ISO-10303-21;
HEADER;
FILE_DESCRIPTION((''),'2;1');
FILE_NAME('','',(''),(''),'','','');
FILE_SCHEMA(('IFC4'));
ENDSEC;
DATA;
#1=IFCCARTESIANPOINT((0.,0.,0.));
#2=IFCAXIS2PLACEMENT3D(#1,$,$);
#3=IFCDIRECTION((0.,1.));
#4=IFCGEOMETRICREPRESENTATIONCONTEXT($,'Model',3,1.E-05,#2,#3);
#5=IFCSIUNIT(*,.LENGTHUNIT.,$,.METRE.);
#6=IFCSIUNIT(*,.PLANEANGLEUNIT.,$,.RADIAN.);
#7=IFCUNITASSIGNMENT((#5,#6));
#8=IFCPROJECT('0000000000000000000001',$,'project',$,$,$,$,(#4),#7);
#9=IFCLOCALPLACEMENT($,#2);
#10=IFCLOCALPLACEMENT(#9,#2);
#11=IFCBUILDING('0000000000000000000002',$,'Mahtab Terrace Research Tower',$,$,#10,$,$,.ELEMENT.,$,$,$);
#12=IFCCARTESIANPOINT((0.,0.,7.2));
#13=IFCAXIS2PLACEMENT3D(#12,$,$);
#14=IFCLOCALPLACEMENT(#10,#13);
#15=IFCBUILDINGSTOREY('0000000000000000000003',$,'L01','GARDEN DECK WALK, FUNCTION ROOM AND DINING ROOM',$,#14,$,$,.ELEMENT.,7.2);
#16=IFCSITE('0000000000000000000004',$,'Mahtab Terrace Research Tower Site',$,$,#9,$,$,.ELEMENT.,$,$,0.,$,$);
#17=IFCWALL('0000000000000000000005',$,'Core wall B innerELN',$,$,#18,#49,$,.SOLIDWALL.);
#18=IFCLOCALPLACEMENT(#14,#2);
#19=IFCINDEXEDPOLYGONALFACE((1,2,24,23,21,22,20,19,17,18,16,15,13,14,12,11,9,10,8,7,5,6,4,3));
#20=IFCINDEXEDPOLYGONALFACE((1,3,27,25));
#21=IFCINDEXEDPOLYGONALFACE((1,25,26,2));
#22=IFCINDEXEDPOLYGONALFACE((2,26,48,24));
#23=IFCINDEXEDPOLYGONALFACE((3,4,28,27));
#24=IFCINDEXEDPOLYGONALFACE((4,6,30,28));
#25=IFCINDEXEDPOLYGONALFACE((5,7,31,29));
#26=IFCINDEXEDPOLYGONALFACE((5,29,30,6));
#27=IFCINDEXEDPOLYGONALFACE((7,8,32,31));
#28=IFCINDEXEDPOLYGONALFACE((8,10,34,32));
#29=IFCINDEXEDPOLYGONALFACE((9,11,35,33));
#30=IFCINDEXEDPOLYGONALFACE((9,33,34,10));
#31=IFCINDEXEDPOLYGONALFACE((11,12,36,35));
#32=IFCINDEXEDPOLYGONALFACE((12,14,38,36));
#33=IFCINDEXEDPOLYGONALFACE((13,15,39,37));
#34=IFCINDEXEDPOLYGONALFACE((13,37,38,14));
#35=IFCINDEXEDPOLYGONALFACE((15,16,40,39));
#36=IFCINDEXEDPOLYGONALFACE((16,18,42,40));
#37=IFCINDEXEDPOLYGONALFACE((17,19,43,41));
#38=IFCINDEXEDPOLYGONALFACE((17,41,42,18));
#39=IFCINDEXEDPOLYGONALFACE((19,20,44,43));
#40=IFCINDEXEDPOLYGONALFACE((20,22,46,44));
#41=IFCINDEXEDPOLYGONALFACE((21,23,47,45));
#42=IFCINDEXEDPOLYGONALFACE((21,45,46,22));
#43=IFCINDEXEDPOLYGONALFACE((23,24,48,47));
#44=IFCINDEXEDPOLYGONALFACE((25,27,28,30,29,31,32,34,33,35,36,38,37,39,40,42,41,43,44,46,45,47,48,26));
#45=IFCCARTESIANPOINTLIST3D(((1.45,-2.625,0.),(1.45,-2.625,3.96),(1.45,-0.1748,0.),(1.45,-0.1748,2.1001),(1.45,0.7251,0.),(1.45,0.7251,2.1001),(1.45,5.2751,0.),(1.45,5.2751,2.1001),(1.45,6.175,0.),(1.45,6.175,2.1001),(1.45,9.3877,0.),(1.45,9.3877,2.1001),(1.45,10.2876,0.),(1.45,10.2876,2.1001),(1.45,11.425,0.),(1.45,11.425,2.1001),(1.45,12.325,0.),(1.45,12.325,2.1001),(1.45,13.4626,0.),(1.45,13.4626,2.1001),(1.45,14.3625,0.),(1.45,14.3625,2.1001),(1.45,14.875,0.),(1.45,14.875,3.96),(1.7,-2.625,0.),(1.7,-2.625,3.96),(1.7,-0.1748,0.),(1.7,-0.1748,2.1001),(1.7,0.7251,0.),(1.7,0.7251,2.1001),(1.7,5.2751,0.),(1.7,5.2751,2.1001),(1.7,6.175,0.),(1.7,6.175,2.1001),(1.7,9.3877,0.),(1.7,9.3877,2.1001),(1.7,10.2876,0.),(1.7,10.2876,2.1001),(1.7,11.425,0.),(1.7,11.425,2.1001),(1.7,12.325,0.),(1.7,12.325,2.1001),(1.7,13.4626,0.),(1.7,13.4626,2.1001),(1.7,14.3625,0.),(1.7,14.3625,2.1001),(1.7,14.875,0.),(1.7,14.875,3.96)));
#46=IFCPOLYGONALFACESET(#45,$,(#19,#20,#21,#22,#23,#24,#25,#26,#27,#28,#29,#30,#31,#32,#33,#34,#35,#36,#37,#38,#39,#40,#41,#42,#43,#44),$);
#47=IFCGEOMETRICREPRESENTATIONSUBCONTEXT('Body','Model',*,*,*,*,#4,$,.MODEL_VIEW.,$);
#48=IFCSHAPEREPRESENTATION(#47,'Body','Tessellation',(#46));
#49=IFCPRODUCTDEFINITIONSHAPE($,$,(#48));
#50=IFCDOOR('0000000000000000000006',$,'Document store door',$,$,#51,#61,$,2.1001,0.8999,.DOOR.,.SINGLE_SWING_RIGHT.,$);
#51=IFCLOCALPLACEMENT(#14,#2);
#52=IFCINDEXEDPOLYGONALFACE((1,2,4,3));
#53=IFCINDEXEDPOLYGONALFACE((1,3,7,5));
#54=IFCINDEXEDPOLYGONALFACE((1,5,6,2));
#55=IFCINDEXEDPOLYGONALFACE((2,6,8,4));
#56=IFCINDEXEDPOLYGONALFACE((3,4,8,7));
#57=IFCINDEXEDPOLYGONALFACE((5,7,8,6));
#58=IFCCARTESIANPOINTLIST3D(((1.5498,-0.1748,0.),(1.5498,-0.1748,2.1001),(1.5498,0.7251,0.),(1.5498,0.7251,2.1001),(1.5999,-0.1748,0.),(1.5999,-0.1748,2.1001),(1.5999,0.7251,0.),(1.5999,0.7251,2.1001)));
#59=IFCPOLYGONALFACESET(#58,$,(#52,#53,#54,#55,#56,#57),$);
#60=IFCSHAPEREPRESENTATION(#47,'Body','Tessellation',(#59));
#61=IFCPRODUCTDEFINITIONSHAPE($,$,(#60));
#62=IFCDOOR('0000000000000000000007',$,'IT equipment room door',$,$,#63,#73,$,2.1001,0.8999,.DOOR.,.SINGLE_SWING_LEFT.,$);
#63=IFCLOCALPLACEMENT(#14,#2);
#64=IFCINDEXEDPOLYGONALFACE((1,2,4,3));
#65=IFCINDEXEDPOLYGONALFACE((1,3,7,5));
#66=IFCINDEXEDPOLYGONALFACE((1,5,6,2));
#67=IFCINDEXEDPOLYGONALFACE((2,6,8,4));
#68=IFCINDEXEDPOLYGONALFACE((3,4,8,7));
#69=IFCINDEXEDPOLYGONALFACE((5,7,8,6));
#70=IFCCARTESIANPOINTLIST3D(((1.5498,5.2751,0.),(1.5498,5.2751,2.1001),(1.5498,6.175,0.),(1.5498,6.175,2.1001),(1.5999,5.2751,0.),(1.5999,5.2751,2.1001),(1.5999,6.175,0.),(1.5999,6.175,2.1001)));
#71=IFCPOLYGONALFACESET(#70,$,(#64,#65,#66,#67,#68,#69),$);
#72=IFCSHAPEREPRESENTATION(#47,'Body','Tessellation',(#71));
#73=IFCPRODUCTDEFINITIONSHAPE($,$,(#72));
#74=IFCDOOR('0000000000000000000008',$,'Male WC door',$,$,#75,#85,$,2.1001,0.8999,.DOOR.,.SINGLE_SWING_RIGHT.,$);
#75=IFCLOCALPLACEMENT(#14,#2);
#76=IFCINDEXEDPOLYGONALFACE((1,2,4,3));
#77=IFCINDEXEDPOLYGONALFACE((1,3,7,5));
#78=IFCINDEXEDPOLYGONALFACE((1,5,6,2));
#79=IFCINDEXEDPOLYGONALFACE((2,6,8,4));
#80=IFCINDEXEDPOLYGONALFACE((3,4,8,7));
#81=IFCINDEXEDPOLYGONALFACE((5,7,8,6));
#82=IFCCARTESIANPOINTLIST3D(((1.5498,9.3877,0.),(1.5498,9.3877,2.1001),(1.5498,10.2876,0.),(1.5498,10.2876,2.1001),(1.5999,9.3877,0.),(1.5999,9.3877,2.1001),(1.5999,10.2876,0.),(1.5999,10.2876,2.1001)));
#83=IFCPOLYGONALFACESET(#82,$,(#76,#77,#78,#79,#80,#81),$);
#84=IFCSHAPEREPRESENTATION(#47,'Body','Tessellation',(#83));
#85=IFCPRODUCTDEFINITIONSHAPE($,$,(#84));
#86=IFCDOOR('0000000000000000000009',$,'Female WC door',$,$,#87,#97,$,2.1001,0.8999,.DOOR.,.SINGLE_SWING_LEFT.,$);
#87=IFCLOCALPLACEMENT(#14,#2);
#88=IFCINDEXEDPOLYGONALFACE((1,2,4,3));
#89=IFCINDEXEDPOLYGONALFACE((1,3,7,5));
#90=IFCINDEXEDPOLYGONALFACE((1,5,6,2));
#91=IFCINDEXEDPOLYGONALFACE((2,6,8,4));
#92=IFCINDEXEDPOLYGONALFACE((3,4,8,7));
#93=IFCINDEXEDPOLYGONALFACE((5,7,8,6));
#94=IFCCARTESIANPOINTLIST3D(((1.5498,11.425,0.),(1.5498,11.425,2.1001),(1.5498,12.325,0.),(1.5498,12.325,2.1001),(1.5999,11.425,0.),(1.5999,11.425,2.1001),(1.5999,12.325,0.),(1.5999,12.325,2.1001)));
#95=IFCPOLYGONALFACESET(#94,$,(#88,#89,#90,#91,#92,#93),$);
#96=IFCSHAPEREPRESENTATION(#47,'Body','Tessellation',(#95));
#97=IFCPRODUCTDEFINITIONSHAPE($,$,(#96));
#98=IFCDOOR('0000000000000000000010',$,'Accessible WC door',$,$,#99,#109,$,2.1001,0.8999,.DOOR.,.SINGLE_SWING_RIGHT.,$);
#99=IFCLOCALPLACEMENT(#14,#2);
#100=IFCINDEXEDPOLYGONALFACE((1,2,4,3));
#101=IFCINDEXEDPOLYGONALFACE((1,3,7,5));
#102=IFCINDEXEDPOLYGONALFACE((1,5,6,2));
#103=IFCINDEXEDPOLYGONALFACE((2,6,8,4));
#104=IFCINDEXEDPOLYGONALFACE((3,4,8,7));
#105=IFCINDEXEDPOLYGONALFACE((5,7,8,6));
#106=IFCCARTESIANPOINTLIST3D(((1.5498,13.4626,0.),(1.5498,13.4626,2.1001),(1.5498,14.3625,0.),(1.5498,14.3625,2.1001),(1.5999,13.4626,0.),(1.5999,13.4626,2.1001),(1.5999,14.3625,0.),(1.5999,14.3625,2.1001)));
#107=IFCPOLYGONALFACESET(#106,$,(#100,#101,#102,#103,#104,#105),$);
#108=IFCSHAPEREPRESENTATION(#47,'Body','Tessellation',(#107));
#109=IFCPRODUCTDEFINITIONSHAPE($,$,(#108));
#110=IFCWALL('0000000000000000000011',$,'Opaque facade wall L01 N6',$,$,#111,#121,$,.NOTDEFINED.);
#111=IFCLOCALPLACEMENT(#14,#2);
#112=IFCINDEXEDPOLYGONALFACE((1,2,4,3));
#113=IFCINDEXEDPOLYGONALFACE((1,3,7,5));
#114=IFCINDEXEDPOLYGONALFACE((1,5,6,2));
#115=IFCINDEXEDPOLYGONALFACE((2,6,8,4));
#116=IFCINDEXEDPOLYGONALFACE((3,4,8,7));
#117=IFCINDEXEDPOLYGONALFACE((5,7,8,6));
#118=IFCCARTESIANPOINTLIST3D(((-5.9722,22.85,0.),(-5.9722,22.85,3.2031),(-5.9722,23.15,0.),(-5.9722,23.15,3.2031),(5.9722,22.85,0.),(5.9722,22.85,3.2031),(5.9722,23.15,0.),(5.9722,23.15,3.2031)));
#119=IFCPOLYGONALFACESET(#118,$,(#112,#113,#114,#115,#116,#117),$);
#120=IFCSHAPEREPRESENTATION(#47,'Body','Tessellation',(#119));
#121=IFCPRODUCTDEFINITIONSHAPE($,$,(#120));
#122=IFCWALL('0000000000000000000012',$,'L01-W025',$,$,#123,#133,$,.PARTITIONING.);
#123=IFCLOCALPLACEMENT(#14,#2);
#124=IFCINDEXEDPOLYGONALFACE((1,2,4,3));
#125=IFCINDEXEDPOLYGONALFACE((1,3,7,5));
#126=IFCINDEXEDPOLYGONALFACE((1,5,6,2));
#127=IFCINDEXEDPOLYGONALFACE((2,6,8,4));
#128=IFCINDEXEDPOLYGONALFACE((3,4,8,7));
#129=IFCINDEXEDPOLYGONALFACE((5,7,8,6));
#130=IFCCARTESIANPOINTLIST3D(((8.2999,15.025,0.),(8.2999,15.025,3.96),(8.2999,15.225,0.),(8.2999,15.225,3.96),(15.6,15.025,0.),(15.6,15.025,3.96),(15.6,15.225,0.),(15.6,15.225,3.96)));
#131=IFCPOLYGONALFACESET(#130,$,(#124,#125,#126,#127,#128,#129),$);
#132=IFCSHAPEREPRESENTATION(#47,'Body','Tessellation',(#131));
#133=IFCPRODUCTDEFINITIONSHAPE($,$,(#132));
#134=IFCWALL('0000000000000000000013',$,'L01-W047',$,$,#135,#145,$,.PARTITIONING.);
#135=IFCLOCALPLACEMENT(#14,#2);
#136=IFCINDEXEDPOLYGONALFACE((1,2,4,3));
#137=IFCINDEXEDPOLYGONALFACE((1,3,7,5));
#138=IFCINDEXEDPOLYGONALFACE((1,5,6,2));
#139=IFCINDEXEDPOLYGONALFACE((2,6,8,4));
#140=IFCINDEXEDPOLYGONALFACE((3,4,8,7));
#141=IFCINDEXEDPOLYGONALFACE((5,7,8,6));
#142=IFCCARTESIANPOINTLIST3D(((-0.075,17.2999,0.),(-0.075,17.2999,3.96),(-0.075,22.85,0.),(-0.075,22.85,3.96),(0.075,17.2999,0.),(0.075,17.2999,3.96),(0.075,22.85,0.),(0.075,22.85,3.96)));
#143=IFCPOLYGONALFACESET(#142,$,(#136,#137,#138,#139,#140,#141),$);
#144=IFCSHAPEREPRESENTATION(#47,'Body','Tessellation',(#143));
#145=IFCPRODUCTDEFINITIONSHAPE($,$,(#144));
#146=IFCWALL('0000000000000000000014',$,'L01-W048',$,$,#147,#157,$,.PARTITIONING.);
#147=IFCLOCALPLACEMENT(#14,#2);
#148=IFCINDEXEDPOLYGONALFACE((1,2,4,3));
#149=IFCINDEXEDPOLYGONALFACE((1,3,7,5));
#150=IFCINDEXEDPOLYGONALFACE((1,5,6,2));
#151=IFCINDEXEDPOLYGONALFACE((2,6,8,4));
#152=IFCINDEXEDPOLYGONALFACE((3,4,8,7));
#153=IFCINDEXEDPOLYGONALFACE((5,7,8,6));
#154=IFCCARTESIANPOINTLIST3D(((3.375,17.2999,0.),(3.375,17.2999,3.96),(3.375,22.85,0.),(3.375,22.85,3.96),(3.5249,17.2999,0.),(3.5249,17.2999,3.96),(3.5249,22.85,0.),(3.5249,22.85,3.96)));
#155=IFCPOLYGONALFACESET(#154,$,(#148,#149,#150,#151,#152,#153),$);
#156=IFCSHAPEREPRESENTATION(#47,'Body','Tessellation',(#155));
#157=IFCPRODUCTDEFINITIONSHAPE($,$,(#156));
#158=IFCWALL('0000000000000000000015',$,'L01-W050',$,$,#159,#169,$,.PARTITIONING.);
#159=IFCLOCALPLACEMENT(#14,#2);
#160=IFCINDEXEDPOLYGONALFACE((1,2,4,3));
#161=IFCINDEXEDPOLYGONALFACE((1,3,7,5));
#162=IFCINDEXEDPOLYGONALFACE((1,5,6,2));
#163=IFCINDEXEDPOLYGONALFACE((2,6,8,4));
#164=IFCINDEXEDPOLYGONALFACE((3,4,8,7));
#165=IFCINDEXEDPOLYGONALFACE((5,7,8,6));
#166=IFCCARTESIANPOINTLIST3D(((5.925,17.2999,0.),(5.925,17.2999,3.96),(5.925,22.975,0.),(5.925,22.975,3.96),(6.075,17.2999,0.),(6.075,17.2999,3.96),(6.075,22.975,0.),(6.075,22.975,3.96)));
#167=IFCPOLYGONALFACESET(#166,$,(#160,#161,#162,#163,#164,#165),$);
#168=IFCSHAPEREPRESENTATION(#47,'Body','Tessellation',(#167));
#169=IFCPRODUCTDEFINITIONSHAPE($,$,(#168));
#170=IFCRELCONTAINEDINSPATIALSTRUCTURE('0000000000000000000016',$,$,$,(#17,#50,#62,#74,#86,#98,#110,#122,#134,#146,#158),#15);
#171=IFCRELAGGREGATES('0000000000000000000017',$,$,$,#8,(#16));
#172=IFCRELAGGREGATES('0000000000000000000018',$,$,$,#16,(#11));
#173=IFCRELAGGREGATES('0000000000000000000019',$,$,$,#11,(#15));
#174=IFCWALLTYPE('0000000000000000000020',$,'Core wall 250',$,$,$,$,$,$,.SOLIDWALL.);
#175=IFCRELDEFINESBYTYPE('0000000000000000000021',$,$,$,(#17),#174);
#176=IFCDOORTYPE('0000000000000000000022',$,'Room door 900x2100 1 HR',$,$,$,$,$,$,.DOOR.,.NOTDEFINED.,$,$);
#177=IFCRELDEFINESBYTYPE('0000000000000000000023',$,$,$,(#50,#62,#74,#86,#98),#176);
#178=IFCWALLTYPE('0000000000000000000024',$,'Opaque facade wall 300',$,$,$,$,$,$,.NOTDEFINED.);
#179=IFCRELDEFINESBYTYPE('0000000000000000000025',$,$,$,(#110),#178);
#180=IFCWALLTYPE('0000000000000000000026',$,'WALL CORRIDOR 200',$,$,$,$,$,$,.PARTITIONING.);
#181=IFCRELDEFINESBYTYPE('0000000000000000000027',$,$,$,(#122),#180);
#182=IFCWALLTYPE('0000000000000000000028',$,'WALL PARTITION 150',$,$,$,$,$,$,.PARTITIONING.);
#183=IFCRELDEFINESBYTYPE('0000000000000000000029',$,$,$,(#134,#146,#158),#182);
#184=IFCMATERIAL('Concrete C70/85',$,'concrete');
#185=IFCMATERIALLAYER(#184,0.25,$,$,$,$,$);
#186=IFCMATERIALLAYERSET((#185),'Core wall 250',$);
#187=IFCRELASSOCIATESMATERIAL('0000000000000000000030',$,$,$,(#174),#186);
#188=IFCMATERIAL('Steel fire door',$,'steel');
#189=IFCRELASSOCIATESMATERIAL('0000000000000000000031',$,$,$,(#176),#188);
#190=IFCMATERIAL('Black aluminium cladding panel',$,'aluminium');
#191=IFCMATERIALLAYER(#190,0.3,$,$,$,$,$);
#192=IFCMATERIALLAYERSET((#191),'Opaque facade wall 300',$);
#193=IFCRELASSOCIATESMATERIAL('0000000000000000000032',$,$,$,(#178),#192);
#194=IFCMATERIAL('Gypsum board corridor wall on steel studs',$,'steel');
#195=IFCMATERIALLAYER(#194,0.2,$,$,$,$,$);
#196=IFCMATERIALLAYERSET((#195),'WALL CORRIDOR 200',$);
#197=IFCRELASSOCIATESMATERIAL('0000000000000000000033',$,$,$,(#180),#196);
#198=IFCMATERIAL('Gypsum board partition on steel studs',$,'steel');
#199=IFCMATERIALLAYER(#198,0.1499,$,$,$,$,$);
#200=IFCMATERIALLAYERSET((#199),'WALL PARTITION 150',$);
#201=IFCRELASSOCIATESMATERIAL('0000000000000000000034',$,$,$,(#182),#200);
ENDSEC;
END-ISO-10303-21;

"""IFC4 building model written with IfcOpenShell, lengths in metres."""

from ifc_helpers import new_model, si_unit, direction, frame, frame_2d, origin, place, context, subcontext, project, spatial, rectangle, extrude, material, layer, layer_set, type_object, element, fill, save


model = new_model("IFC4")

# Units and contexts
model_context = context("Model", 3, precision=1e-05, world=origin(), true_north=direction((0.0, 1.0)))
body_context = subcontext(model_context, "Body", "Model", "MODEL_VIEW")
ifc_project = project(units=[si_unit("LENGTHUNIT", "METRE"), si_unit("PLANEANGLEUNIT", "RADIAN")], contexts=[model_context])

# Site, building, storey
site_placement = place(None, origin())
site = spatial("IfcSite", under=ifc_project, at=site_placement, Name="Mahtab Terrace Research Tower Site", CompositionType="ELEMENT", RefElevation=0.0)
building_placement = place(site_placement, origin())
building = spatial("IfcBuilding", under=site, at=building_placement, Name="Mahtab Terrace Research Tower", CompositionType="ELEMENT")
storey_placement = place(building_placement, frame((0.0, 0.0, 7.2)))
storey = spatial("IfcBuildingStorey", under=building, at=storey_placement, Name="L01", Description="GARDEN DECK WALK, FUNCTION ROOM AND DINING ROOM", CompositionType="ELEMENT", Elevation=7.2)

# Shared definitions
ifc_material_1 = material(Name="Concrete C70/85", Category="concrete")

# Wall, openings, doors
ifc_layer_1 = layer(ifc_material_1, 0.25)
ifc_layer_set_1 = layer_set([ifc_layer_1], Name="Core wall 250")
wall_type_1 = type_object("IfcWallType", Name="Core wall 250", PredefinedType="SOLIDWALL", material=ifc_layer_set_1)
wall_1_placement = place(storey_placement, frame((1.575, 14.875, 0.0), z_axis=(0.0, 0.0, 1.0), x_axis=(0.0, -1.0, 0.0)))
wall_1 = element("IfcWall", 1, at=wall_1_placement, inside=storey, type_object=wall_type_1, Name="Core wall B innerELN", PredefinedType="SOLIDWALL", context=body_context, shape_type="SweptSolid", body=[
    extrude(rectangle(XDim=17.5, YDim=0.25, at=frame_2d((8.75, 0.0))), origin(), (0.0, 0.0, 1.0), 3.96),
])
opening_1_placement = place(wall_1_placement, frame((14.1499, 0.0, 0.0)))
opening_1 = element("IfcOpeningElement", 2, at=opening_1_placement, cuts=wall_1, PredefinedType="OPENING", context=body_context, shape_type="SweptSolid", body=[
    extrude(rectangle(XDim=0.8999, YDim=2.1001, at=frame_2d((0.45, 1.05))), frame((0.0, 0.135, 0.0), z_axis=(0.0, -1.0, 0.0), x_axis=(1.0, 0.0, 0.0)), (0.0, 0.0, 1.0), 0.27),
])
opening_2_placement = place(wall_1_placement, frame((8.7, 0.0, 0.0)))
opening_2 = element("IfcOpeningElement", 3, at=opening_2_placement, cuts=wall_1, PredefinedType="OPENING", context=body_context, shape_type="SweptSolid", body=[
    extrude(rectangle(XDim=0.8999, YDim=2.1001, at=frame_2d((0.45, 1.05))), frame((0.0, 0.135, 0.0), z_axis=(0.0, -1.0, 0.0), x_axis=(1.0, 0.0, 0.0)), (0.0, 0.0, 1.0), 0.27),
])
opening_3_placement = place(wall_1_placement, frame((4.5874, 0.0, 0.0)))
opening_3 = element("IfcOpeningElement", 4, at=opening_3_placement, cuts=wall_1, PredefinedType="OPENING", context=body_context, shape_type="SweptSolid", body=[
    extrude(rectangle(XDim=0.8999, YDim=2.1001, at=frame_2d((0.45, 1.05))), frame((0.0, 0.135, 0.0), z_axis=(0.0, -1.0, 0.0), x_axis=(1.0, 0.0, 0.0)), (0.0, 0.0, 1.0), 0.27),
])
opening_4_placement = place(wall_1_placement, frame((2.55, 0.0, 0.0)))
opening_4 = element("IfcOpeningElement", 5, at=opening_4_placement, cuts=wall_1, PredefinedType="OPENING", context=body_context, shape_type="SweptSolid", body=[
    extrude(rectangle(XDim=0.8999, YDim=2.1001, at=frame_2d((0.45, 1.05))), frame((0.0, 0.135, 0.0), z_axis=(0.0, -1.0, 0.0), x_axis=(1.0, 0.0, 0.0)), (0.0, 0.0, 1.0), 0.27),
])
opening_5_placement = place(wall_1_placement, frame((0.5125, 0.0, 0.0)))
opening_5 = element("IfcOpeningElement", 6, at=opening_5_placement, cuts=wall_1, PredefinedType="OPENING", context=body_context, shape_type="SweptSolid", body=[
    extrude(rectangle(XDim=0.8999, YDim=2.1001, at=frame_2d((0.45, 1.05))), frame((0.0, 0.135, 0.0), z_axis=(0.0, -1.0, 0.0), x_axis=(1.0, 0.0, 0.0)), (0.0, 0.0, 1.0), 0.27),
])
ifc_material_2 = material(Name="Steel fire door", Category="steel")
door_type = type_object("IfcDoorType", Name="Room door 900x2100 1 HR", OperationType="NOTDEFINED", PredefinedType="DOOR", material=ifc_material_2)
door_1_placement = place(opening_1_placement, origin())
door_1 = element("IfcDoor", 7, at=door_1_placement, inside=storey, type_object=door_type, Name="Document store door", OperationType="SINGLE_SWING_RIGHT", OverallHeight=2.1001, OverallWidth=0.8999, PredefinedType="DOOR", context=body_context, shape_type="SweptSolid", body=[
    extrude(rectangle(XDim=0.8999, YDim=2.1001, at=frame_2d((0.45, 1.05))), frame((0.0, 0.0249, 0.0), z_axis=(0.0, -1.0, 0.0), x_axis=(1.0, 0.0, 0.0)), (0.0, 0.0, 1.0), 0.05),
])
fill(opening_1, door_1)
door_2_placement = place(opening_2_placement, origin())
door_2 = element("IfcDoor", 8, at=door_2_placement, inside=storey, type_object=door_type, Name="IT equipment room door", OperationType="SINGLE_SWING_LEFT", OverallHeight=2.1001, OverallWidth=0.8999, PredefinedType="DOOR", context=body_context, shape_type="SweptSolid", body=[
    extrude(rectangle(XDim=0.8999, YDim=2.1001, at=frame_2d((0.45, 1.05))), frame((0.0, 0.0249, 0.0), z_axis=(0.0, -1.0, 0.0), x_axis=(1.0, 0.0, 0.0)), (0.0, 0.0, 1.0), 0.05),
])
fill(opening_2, door_2)
door_3_placement = place(opening_3_placement, origin())
door_3 = element("IfcDoor", 9, at=door_3_placement, inside=storey, type_object=door_type, Name="Male WC door", OperationType="SINGLE_SWING_RIGHT", OverallHeight=2.1001, OverallWidth=0.8999, PredefinedType="DOOR", context=body_context, shape_type="SweptSolid", body=[
    extrude(rectangle(XDim=0.8999, YDim=2.1001, at=frame_2d((0.45, 1.05))), frame((0.0, 0.0249, 0.0), z_axis=(0.0, -1.0, 0.0), x_axis=(1.0, 0.0, 0.0)), (0.0, 0.0, 1.0), 0.05),
])
fill(opening_3, door_3)
door_4_placement = place(opening_4_placement, origin())
door_4 = element("IfcDoor", 10, at=door_4_placement, inside=storey, type_object=door_type, Name="Female WC door", OperationType="SINGLE_SWING_LEFT", OverallHeight=2.1001, OverallWidth=0.8999, PredefinedType="DOOR", context=body_context, shape_type="SweptSolid", body=[
    extrude(rectangle(XDim=0.8999, YDim=2.1001, at=frame_2d((0.45, 1.05))), frame((0.0, 0.0249, 0.0), z_axis=(0.0, -1.0, 0.0), x_axis=(1.0, 0.0, 0.0)), (0.0, 0.0, 1.0), 0.05),
])
fill(opening_4, door_4)
door_5_placement = place(opening_5_placement, origin())
door_5 = element("IfcDoor", 11, at=door_5_placement, inside=storey, type_object=door_type, Name="Accessible WC door", OperationType="SINGLE_SWING_RIGHT", OverallHeight=2.1001, OverallWidth=0.8999, PredefinedType="DOOR", context=body_context, shape_type="SweptSolid", body=[
    extrude(rectangle(XDim=0.8999, YDim=2.1001, at=frame_2d((0.45, 1.05))), frame((0.0, 0.0249, 0.0), z_axis=(0.0, -1.0, 0.0), x_axis=(1.0, 0.0, 0.0)), (0.0, 0.0, 1.0), 0.05),
])
fill(opening_5, door_5)

# Walls
ifc_material_3 = material(Name="Black aluminium cladding panel", Category="aluminium")
ifc_layer_2 = layer(ifc_material_3, 0.3)
ifc_layer_set_2 = layer_set([ifc_layer_2], Name="Opaque facade wall 300")
wall_type_2 = type_object("IfcWallType", Name="Opaque facade wall 300", PredefinedType="NOTDEFINED", material=ifc_layer_set_2)
wall_2_placement = place(storey_placement, frame((5.9722, 23.0, 0.0), z_axis=(0.0, 0.0, 1.0), x_axis=(-1.0, 0.0, 0.0)))
element("IfcWall", 12, at=wall_2_placement, inside=storey, type_object=wall_type_2, Name="Opaque facade wall L01 N6", PredefinedType="NOTDEFINED", context=body_context, shape_type="SweptSolid", body=[
    extrude(rectangle(XDim=11.9443, YDim=0.3, at=frame_2d((5.9722, 0.0))), origin(), (0.0, 0.0, 1.0), 3.2031),
])
ifc_material_4 = material(Name="Gypsum board corridor wall on steel studs", Category="steel")
ifc_layer_3 = layer(ifc_material_4, 0.2)
ifc_layer_set_3 = layer_set([ifc_layer_3], Name="WALL CORRIDOR 200")
wall_type_3 = type_object("IfcWallType", Name="WALL CORRIDOR 200", PredefinedType="PARTITIONING", material=ifc_layer_set_3)
wall_3_placement = place(storey_placement, frame((8.3, 15.125, 0.0), z_axis=(0.0, 0.0, 1.0), x_axis=(1.0, 0.0, 0.0)))
element("IfcWall", 13, at=wall_3_placement, inside=storey, type_object=wall_type_3, Name="L01-W025", PredefinedType="PARTITIONING", context=body_context, shape_type="SweptSolid", body=[
    extrude(rectangle(XDim=7.3, YDim=0.2, at=frame_2d((3.6499, 0.0))), origin(), (0.0, 0.0, 1.0), 3.96),
])
ifc_material_5 = material(Name="Gypsum board partition on steel studs", Category="steel")
ifc_layer_4 = layer(ifc_material_5, 0.1499)
ifc_layer_set_4 = layer_set([ifc_layer_4], Name="WALL PARTITION 150")
wall_type_4 = type_object("IfcWallType", Name="WALL PARTITION 150", PredefinedType="PARTITIONING", material=ifc_layer_set_4)
for number, where, z_axis, x_axis, name in (
    (14, (0.0, 17.3, 0.0), (0.0, 0.0, 1.0), (0.0, 1.0, 0.0), "L01-W047"),
    (15, (3.45, 17.3, 0.0), (0.0, 0.0, 1.0), (0.0, 1.0, 0.0), "L01-W048"),
):
    element("IfcWall", number, at=place(storey_placement, frame(where, z_axis=z_axis, x_axis=x_axis)), inside=storey, type_object=wall_type_4, Name=name, PredefinedType="PARTITIONING", context=body_context, shape_type="SweptSolid", body=[
        extrude(rectangle(XDim=5.55, YDim=0.1499, at=frame_2d((2.7749, 0.0))), origin(), (0.0, 0.0, 1.0), 3.96),
    ])
for number, where, z_axis, x_axis, name in (
    (16, (6.0, 17.3, 0.0), (0.0, 0.0, 1.0), (0.0, 1.0, 0.0), "L01-W050"),
):
    element("IfcWall", number, at=place(storey_placement, frame(where, z_axis=z_axis, x_axis=x_axis)), inside=storey, type_object=wall_type_4, Name=name, PredefinedType="PARTITIONING", context=body_context, shape_type="SweptSolid", body=[
        extrude(rectangle(XDim=5.675, YDim=0.1499, at=frame_2d((2.8374, 0.0))), origin(), (0.0, 0.0, 1.0), 3.96),
    ])

save(model, "model.ifc")
